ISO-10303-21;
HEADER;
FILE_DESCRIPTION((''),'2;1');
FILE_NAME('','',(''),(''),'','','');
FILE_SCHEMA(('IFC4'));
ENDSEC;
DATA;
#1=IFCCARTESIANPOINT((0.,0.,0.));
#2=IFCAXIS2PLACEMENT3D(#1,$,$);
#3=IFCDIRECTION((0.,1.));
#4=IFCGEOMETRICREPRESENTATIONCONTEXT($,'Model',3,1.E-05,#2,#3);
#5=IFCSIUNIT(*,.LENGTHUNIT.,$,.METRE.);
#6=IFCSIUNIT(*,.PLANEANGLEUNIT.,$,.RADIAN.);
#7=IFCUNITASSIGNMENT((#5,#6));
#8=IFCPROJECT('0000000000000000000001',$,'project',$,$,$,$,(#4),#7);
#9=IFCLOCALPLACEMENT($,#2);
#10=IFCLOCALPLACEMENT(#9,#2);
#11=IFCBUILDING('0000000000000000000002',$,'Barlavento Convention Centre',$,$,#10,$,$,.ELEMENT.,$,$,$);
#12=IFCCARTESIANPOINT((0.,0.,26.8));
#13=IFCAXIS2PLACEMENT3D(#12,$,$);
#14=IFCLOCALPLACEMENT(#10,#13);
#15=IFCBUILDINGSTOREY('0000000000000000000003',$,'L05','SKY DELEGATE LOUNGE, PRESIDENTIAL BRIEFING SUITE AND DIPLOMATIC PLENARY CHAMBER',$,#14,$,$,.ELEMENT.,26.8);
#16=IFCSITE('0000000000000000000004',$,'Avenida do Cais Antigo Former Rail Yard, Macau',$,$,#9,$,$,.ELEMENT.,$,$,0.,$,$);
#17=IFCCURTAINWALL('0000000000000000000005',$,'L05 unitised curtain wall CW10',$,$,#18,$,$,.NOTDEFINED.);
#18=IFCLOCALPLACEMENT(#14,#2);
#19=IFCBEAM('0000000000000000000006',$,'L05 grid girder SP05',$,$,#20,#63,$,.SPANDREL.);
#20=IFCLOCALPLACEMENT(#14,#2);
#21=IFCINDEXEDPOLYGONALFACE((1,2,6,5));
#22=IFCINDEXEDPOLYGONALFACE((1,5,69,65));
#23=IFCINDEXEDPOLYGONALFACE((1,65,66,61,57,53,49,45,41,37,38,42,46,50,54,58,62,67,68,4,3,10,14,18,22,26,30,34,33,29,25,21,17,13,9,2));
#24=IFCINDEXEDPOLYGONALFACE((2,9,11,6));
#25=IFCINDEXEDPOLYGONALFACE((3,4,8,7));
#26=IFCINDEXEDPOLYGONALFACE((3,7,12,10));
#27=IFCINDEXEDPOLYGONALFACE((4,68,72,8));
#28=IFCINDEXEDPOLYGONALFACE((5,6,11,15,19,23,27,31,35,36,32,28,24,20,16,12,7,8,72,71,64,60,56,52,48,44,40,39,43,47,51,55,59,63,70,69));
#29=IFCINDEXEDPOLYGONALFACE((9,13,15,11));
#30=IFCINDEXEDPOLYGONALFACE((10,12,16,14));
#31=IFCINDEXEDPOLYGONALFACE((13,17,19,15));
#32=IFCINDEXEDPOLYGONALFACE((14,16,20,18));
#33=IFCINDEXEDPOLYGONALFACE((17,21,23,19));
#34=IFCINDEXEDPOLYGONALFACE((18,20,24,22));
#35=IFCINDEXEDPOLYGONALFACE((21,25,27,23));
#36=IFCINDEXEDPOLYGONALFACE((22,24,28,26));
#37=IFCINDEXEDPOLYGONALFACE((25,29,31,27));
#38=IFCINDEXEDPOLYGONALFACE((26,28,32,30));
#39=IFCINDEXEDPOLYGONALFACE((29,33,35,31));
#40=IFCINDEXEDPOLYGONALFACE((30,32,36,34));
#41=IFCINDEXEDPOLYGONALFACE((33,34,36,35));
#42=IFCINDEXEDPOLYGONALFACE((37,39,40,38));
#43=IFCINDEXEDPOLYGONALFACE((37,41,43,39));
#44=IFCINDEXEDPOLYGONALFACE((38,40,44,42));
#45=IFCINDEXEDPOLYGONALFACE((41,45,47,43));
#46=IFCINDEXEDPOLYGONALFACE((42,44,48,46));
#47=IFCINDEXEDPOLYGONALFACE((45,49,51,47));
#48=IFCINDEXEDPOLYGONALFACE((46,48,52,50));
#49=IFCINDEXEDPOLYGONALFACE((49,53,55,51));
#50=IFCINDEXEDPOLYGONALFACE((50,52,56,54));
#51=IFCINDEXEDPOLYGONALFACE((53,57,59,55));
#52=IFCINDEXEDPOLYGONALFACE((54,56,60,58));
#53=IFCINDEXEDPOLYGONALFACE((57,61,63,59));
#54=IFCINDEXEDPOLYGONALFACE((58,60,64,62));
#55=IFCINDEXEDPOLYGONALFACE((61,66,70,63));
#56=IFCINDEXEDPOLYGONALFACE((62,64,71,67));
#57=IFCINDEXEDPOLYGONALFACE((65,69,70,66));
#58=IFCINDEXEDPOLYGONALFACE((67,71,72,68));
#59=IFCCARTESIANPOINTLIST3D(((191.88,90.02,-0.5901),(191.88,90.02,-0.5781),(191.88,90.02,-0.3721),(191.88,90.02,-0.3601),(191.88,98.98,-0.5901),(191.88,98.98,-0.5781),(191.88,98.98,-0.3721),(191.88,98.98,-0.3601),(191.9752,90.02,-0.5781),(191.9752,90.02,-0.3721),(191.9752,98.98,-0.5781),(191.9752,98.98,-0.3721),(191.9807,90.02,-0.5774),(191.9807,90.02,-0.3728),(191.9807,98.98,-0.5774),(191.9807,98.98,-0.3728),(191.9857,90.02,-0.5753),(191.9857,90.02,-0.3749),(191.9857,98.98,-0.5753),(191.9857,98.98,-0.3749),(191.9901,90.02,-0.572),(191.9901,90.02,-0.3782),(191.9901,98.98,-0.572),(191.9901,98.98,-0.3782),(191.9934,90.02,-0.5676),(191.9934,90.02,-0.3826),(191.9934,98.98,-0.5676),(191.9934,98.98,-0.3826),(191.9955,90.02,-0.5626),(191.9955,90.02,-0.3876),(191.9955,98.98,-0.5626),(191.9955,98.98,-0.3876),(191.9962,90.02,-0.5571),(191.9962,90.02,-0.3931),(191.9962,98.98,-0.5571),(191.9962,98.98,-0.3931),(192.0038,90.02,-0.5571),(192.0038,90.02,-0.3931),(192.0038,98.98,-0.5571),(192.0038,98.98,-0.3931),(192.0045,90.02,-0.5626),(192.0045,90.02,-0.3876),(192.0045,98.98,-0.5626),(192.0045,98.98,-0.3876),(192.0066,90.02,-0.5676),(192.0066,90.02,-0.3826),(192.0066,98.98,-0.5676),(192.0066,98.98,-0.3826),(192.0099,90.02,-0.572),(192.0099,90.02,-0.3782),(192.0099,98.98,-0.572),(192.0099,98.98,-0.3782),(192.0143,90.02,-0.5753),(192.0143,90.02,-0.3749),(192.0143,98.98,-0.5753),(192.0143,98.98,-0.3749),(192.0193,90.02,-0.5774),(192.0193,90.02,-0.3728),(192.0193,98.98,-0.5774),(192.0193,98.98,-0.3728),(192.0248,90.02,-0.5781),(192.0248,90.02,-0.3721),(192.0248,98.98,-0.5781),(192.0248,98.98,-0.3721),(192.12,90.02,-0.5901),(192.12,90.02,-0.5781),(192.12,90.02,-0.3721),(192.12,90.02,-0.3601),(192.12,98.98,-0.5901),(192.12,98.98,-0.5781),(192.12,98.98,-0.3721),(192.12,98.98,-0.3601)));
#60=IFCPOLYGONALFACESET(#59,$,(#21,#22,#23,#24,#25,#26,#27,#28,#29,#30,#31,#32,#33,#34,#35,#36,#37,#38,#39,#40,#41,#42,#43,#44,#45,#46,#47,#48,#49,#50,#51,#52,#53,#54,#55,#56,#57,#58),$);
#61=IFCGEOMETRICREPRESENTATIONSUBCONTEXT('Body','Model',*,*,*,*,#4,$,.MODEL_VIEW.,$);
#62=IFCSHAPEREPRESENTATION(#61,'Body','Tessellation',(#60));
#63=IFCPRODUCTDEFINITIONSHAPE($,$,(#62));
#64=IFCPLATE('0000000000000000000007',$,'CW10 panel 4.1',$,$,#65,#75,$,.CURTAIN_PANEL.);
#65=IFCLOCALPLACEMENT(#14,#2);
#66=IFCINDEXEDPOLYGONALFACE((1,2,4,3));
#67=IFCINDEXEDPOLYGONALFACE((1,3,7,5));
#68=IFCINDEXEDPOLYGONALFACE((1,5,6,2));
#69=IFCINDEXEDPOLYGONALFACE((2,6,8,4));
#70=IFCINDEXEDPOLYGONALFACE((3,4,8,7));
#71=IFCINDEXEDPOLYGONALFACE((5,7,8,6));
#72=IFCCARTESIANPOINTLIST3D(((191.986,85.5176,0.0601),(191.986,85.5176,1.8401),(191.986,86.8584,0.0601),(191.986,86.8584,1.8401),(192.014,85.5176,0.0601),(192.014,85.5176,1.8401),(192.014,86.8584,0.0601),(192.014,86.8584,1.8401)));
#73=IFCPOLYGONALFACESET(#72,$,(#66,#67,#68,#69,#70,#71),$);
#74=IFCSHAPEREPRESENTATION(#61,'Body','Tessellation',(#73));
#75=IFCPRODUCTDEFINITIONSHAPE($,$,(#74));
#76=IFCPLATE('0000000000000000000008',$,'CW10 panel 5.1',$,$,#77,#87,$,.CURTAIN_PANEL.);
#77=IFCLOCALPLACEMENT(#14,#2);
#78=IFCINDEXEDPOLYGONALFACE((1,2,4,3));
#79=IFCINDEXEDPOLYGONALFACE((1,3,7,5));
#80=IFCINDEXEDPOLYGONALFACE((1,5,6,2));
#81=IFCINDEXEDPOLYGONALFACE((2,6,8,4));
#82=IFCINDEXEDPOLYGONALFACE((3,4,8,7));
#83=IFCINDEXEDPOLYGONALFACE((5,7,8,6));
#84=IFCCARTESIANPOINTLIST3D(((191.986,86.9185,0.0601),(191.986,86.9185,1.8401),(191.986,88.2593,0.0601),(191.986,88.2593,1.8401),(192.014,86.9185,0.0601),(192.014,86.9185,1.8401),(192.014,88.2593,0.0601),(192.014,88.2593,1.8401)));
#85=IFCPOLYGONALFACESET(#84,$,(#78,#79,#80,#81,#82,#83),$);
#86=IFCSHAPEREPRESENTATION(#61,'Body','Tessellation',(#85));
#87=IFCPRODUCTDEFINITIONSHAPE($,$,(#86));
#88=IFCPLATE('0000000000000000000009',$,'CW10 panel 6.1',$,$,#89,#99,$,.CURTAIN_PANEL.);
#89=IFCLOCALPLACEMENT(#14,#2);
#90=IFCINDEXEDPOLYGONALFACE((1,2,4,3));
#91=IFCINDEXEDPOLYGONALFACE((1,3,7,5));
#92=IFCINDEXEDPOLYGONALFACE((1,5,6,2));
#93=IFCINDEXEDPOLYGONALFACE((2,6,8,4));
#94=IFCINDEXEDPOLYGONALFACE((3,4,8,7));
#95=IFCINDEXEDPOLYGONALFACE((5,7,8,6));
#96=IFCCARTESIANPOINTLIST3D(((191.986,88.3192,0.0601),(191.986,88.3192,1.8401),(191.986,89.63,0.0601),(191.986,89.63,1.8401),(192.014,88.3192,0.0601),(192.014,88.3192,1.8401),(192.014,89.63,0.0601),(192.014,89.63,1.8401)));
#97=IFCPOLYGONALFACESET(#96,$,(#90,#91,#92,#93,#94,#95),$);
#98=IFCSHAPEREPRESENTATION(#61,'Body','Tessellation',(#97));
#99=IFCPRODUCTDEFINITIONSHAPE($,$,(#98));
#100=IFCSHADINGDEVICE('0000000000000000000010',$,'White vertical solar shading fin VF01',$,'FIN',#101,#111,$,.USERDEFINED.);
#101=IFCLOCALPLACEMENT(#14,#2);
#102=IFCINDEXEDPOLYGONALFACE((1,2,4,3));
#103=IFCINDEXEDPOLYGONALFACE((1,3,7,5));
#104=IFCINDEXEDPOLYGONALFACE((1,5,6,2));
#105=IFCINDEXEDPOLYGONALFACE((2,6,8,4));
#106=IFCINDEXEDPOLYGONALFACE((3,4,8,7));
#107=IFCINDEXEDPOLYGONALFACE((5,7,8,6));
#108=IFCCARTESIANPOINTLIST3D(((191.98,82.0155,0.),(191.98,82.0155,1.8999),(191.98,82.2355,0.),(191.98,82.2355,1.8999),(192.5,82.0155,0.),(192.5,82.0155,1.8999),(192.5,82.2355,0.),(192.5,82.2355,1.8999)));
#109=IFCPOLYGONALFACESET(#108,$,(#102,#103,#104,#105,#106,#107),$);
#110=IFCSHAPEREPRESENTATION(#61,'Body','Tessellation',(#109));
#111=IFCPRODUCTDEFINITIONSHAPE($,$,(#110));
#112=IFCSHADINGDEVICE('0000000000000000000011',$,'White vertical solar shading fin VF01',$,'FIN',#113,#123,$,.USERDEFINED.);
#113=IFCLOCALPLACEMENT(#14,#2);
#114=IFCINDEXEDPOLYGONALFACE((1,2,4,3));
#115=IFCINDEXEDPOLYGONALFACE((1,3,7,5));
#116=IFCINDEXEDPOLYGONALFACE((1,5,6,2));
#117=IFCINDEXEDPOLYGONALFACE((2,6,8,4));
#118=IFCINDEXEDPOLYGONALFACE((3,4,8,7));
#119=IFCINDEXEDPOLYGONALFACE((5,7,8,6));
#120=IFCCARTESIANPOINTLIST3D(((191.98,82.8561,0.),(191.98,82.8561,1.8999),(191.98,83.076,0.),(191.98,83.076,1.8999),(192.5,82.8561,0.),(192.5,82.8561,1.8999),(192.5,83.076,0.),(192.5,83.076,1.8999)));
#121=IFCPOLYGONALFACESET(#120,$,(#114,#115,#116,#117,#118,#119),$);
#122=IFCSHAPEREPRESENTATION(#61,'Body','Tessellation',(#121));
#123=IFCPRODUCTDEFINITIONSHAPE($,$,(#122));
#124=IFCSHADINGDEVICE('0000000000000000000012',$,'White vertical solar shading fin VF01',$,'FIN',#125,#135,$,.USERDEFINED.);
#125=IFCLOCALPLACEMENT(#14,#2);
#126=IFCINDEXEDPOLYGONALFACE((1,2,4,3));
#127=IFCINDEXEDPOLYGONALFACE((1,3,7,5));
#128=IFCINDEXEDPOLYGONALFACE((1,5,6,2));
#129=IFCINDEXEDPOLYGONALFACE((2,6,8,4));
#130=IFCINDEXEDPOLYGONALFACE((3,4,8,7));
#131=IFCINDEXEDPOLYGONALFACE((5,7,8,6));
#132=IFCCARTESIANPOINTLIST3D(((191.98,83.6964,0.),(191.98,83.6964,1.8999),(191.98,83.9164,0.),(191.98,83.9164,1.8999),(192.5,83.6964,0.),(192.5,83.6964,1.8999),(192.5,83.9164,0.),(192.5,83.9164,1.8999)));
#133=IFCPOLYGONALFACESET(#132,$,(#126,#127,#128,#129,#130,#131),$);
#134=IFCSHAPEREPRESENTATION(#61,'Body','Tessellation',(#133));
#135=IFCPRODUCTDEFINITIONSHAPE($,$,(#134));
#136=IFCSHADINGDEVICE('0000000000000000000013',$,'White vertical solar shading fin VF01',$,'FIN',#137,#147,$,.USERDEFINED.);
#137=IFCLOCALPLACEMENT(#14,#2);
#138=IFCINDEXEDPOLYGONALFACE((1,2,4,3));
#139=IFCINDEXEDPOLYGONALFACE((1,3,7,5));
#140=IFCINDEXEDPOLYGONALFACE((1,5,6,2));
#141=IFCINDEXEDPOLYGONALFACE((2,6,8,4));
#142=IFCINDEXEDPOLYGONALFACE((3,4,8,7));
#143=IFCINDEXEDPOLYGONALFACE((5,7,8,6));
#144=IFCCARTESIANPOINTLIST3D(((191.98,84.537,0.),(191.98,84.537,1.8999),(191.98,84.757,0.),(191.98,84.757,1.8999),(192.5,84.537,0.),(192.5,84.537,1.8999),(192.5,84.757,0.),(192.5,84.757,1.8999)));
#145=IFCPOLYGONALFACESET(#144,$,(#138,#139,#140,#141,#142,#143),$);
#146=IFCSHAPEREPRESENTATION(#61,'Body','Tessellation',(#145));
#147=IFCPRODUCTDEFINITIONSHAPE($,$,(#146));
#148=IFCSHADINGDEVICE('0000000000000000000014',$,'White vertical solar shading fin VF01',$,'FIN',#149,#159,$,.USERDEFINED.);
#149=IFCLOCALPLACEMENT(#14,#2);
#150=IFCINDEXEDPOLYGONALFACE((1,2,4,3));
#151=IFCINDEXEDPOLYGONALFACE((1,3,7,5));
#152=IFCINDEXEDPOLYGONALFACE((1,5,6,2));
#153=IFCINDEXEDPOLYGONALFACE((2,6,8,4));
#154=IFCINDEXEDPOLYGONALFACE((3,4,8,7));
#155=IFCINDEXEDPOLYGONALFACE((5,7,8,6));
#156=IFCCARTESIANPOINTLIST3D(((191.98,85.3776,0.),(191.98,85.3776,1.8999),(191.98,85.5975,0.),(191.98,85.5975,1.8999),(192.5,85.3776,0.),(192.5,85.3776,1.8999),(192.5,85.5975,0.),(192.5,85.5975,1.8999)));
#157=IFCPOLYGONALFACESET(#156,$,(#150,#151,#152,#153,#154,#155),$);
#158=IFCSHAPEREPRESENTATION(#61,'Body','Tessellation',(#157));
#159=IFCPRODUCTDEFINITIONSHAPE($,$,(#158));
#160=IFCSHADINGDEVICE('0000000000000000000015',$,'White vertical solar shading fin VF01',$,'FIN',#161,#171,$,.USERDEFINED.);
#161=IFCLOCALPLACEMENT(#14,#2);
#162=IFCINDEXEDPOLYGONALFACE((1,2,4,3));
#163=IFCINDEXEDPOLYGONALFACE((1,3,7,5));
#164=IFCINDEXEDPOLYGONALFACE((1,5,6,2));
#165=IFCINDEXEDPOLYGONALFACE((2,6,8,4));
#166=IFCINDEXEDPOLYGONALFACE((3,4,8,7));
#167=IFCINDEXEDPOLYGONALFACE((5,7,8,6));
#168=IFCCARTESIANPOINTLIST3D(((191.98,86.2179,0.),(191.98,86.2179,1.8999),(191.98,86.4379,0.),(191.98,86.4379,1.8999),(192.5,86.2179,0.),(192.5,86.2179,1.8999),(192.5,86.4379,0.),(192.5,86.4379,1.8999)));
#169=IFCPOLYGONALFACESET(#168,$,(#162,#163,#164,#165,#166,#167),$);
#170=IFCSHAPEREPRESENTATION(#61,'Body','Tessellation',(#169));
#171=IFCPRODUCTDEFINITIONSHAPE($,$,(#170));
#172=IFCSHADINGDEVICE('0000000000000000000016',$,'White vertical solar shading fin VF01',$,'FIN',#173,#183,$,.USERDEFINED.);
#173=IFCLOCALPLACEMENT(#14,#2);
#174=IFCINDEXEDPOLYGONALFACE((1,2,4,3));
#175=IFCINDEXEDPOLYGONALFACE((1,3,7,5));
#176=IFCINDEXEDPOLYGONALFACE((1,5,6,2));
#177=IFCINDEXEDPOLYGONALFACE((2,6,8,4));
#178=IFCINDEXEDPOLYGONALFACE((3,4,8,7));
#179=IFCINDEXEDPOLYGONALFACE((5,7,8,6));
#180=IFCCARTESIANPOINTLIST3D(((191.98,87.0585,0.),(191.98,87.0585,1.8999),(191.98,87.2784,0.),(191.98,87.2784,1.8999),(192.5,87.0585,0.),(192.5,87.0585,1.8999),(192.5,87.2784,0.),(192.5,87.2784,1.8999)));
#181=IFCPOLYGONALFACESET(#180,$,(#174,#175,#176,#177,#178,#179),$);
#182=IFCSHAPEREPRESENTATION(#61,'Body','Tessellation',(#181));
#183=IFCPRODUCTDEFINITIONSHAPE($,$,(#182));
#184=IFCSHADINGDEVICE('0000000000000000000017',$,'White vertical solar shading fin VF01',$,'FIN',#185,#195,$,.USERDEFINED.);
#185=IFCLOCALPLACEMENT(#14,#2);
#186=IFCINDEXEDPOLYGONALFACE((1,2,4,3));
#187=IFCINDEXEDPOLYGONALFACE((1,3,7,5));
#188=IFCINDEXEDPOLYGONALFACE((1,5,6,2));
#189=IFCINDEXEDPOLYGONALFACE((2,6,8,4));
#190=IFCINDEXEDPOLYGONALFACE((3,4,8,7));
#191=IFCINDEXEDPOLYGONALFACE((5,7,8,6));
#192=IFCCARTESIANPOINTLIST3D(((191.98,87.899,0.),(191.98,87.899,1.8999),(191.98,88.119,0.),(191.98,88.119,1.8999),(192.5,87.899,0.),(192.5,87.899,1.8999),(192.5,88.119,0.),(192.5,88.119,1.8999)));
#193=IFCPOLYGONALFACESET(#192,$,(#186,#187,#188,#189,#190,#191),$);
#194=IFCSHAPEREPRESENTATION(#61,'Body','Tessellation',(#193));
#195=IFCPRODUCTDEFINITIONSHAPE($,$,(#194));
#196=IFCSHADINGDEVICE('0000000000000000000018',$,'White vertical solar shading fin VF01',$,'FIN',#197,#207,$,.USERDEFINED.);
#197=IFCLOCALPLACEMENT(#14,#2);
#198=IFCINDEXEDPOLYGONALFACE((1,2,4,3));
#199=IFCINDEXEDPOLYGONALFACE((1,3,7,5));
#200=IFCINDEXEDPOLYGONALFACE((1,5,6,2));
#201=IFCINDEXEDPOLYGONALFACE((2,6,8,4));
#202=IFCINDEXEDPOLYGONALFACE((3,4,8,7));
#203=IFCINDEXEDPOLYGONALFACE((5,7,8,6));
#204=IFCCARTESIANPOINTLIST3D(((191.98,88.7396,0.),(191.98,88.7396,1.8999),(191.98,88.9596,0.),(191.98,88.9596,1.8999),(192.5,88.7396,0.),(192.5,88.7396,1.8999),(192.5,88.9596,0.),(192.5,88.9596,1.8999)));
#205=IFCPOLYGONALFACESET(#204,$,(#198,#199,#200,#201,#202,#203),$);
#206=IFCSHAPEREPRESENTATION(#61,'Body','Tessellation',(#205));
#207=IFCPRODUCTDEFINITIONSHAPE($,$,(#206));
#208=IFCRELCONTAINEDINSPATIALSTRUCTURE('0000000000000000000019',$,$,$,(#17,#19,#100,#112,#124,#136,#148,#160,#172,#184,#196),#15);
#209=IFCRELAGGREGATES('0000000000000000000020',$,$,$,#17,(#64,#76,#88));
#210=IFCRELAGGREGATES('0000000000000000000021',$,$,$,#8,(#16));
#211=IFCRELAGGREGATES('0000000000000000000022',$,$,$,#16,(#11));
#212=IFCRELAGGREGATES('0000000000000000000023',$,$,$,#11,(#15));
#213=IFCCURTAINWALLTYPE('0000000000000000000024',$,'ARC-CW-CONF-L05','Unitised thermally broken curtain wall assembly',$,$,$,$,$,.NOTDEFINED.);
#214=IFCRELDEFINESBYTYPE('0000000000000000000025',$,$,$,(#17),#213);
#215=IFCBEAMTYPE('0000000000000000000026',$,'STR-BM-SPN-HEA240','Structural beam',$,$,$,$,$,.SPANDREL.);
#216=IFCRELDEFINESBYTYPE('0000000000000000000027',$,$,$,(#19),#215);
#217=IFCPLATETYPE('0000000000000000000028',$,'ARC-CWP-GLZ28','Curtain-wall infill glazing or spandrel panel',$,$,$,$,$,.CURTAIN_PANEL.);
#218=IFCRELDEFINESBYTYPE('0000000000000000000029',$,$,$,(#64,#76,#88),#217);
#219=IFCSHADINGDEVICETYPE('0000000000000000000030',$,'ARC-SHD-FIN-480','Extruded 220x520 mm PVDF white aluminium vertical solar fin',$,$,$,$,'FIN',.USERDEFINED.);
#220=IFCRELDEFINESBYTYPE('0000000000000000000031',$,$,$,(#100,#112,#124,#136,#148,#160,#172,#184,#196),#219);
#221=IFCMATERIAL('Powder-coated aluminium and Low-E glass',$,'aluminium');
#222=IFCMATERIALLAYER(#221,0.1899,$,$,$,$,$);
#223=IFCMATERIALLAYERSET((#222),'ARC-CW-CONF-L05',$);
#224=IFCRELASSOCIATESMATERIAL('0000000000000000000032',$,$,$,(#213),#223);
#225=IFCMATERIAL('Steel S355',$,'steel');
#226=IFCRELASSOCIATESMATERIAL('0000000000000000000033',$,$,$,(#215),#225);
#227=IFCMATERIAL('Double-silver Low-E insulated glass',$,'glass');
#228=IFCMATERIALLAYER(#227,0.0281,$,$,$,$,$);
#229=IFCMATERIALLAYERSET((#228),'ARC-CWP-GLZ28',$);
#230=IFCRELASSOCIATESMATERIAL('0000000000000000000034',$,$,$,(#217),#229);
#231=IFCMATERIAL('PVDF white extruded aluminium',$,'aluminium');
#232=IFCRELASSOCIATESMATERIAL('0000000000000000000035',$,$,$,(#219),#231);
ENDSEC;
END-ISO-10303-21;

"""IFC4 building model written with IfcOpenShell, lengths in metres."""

from ifc_helpers import new_model, si_unit, direction, frame, origin, origin_2d, place, context, subcontext, project, spatial, rectangle, i_section, extrude, material, layer, layer_set, material_profile, profile_set, type_object, element, aggregate, save


model = new_model("IFC4")

# Units and contexts
model_context = context("Model", 3, precision=1e-05, world=origin(), true_north=direction((0.0, 1.0)))
body_context = subcontext(model_context, "Body", "Model", "MODEL_VIEW")
ifc_project = project(units=[si_unit("LENGTHUNIT", "METRE"), si_unit("PLANEANGLEUNIT", "RADIAN")], contexts=[model_context])

# Site, building, storey
site_placement = place(None, origin())
site = spatial("IfcSite", under=ifc_project, at=site_placement, Name="Avenida do Cais Antigo Former Rail Yard, Macau", CompositionType="ELEMENT", RefElevation=0.0)
building_placement = place(site_placement, origin())
building = spatial("IfcBuilding", under=site, at=building_placement, Name="Barlavento Convention Centre", CompositionType="ELEMENT")
storey_placement = place(building_placement, frame((0.0, 0.0, 26.8)))
storey = spatial("IfcBuildingStorey", under=building, at=storey_placement, Name="L05", Description="SKY DELEGATE LOUNGE, PRESIDENTIAL BRIEFING SUITE AND DIPLOMATIC PLENARY CHAMBER", CompositionType="ELEMENT", Elevation=26.8)

# Shared definitions
ifc_material_1 = material(Name="Steel S355", Category="steel")

# Curtain wall
ifc_material_2 = material(Name="Powder-coated aluminium and Low-E glass", Category="aluminium")
ifc_layer_1 = layer(ifc_material_2, 0.1899)
ifc_layer_set_1 = layer_set([ifc_layer_1], Name="ARC-CW-CONF-L05")
curtain_wall_type = type_object("IfcCurtainWallType", Name="ARC-CW-CONF-L05", Description="Unitised thermally broken curtain wall assembly", PredefinedType="NOTDEFINED", material=ifc_layer_set_1)
curtain_wall_placement = place(storey_placement, origin())
curtain_wall = element("IfcCurtainWall", 1, at=curtain_wall_placement, inside=storey, type_object=curtain_wall_type, Name="L05 unitised curtain wall CW10", PredefinedType="NOTDEFINED")

# Beam
ifc_material_profile_1 = material_profile(ifc_material_1, i_section(OverallWidth=0.24, OverallDepth=0.23, WebThickness=0.0076, FlangeThickness=0.012, FilletRadius=0.021, at=origin_2d()), Name="HEA 240")
ifc_profile_set_1 = profile_set([ifc_material_profile_1], Name="Steel S355")
beam_type = type_object("IfcBeamType", Name="STR-BM-SPN-HEA240", Description="Structural beam", PredefinedType="SPANDREL", material=ifc_profile_set_1)
beam_placement = place(storey_placement, frame((192.0, 90.02, -0.4751), z_axis=(0.0, 1.0, 0.0), x_axis=(-1.0, 0.0, 0.0)))
element("IfcBeam", 2, at=beam_placement, inside=storey, type_object=beam_type, Name="L05 grid girder SP05", PredefinedType="SPANDREL", context=body_context, shape_type="SweptSolid", body=[
    extrude(i_section(OverallWidth=0.24, OverallDepth=0.23, WebThickness=0.0076, FlangeThickness=0.012, FilletRadius=0.021, at=origin_2d()), origin(), (0.0, 0.0, 1.0), 8.96),
])

# Plates
ifc_material_3 = material(Name="Double-silver Low-E insulated glass", Category="glass")
ifc_layer_2 = layer(ifc_material_3, 0.0281)
ifc_layer_set_2 = layer_set([ifc_layer_2], Name="ARC-CWP-GLZ28")
plate_type = type_object("IfcPlateType", Name="ARC-CWP-GLZ28", Description="Curtain-wall infill glazing or spandrel panel", PredefinedType="CURTAIN_PANEL", material=ifc_layer_set_2)
plate_1_placement = place(storey_placement, frame((192.0, 86.188, 0.0601), z_axis=(0.0, 0.0, 1.0), x_axis=(0.0, 1.0, 0.0)))
plate_1 = element("IfcPlate", 3, at=plate_1_placement, type_object=plate_type, Name="CW10 panel 4.1", PredefinedType="CURTAIN_PANEL", context=body_context, shape_type="SweptSolid", body=[
    extrude(rectangle(XDim=1.3408, YDim=0.0281, at=origin_2d()), origin(), (0.0, 0.0, 1.0), 1.78),
])
plate_2_placement = place(storey_placement, frame((192.0, 87.5889, 0.0601), z_axis=(0.0, 0.0, 1.0), x_axis=(0.0, 1.0, 0.0)))
plate_2 = element("IfcPlate", 4, at=plate_2_placement, type_object=plate_type, Name="CW10 panel 5.1", PredefinedType="CURTAIN_PANEL", context=body_context, shape_type="SweptSolid", body=[
    extrude(rectangle(XDim=1.3408, YDim=0.0281, at=origin_2d()), origin(), (0.0, 0.0, 1.0), 1.78),
])
plate_3_placement = place(storey_placement, frame((192.0, 88.9746, 0.0601), z_axis=(0.0, 0.0, 1.0), x_axis=(0.0, 1.0, 0.0)))
plate_3 = element("IfcPlate", 5, at=plate_3_placement, type_object=plate_type, Name="CW10 panel 6.1", PredefinedType="CURTAIN_PANEL", context=body_context, shape_type="SweptSolid", body=[
    extrude(rectangle(XDim=1.3108, YDim=0.0281, at=origin_2d()), origin(), (0.0, 0.0, 1.0), 1.78),
])
aggregate(curtain_wall, [plate_1, plate_2, plate_3])

# Shading devices
ifc_material_4 = material(Name="PVDF white extruded aluminium", Category="aluminium")
shading_device_type = type_object("IfcShadingDeviceType", Name="ARC-SHD-FIN-480", Description="Extruded 220x520 mm PVDF white aluminium vertical solar fin", ElementType="FIN", PredefinedType="USERDEFINED", material=ifc_material_4)
for number, where, z_axis, x_axis, name in (
    (6, (192.24, 82.1255, 0.0), (0.0, 0.0, 1.0), (0.0, 1.0, 0.0), "White vertical solar shading fin VF01"),
    (7, (192.24, 82.9661, 0.0), (0.0, 0.0, 1.0), (0.0, 1.0, 0.0), "White vertical solar shading fin VF01"),
    (8, (192.24, 83.8064, 0.0), (0.0, 0.0, 1.0), (0.0, 1.0, 0.0), "White vertical solar shading fin VF01"),
    (9, (192.24, 84.647, 0.0), (0.0, 0.0, 1.0), (0.0, 1.0, 0.0), "White vertical solar shading fin VF01"),
    (10, (192.24, 85.4875, 0.0), (0.0, 0.0, 1.0), (0.0, 1.0, 0.0), "White vertical solar shading fin VF01"),
    (11, (192.24, 86.3279, 0.0), (0.0, 0.0, 1.0), (0.0, 1.0, 0.0), "White vertical solar shading fin VF01"),
    (12, (192.24, 87.1685, 0.0), (0.0, 0.0, 1.0), (0.0, 1.0, 0.0), "White vertical solar shading fin VF01"),
    (13, (192.24, 88.009, 0.0), (0.0, 0.0, 1.0), (0.0, 1.0, 0.0), "White vertical solar shading fin VF01"),
    (14, (192.24, 88.8496, 0.0), (0.0, 0.0, 1.0), (0.0, 1.0, 0.0), "White vertical solar shading fin VF01"),
):
    element("IfcShadingDevice", number, at=place(storey_placement, frame(where, z_axis=z_axis, x_axis=x_axis)), inside=storey, type_object=shading_device_type, Name=name, ObjectType="FIN", PredefinedType="USERDEFINED", context=body_context, shape_type="SweptSolid", body=[
        extrude(rectangle(XDim=0.22, YDim=0.52, at=origin_2d()), origin(), (0.0, 0.0, 1.0), 1.8999),
    ])

save(model, "model.ifc")
